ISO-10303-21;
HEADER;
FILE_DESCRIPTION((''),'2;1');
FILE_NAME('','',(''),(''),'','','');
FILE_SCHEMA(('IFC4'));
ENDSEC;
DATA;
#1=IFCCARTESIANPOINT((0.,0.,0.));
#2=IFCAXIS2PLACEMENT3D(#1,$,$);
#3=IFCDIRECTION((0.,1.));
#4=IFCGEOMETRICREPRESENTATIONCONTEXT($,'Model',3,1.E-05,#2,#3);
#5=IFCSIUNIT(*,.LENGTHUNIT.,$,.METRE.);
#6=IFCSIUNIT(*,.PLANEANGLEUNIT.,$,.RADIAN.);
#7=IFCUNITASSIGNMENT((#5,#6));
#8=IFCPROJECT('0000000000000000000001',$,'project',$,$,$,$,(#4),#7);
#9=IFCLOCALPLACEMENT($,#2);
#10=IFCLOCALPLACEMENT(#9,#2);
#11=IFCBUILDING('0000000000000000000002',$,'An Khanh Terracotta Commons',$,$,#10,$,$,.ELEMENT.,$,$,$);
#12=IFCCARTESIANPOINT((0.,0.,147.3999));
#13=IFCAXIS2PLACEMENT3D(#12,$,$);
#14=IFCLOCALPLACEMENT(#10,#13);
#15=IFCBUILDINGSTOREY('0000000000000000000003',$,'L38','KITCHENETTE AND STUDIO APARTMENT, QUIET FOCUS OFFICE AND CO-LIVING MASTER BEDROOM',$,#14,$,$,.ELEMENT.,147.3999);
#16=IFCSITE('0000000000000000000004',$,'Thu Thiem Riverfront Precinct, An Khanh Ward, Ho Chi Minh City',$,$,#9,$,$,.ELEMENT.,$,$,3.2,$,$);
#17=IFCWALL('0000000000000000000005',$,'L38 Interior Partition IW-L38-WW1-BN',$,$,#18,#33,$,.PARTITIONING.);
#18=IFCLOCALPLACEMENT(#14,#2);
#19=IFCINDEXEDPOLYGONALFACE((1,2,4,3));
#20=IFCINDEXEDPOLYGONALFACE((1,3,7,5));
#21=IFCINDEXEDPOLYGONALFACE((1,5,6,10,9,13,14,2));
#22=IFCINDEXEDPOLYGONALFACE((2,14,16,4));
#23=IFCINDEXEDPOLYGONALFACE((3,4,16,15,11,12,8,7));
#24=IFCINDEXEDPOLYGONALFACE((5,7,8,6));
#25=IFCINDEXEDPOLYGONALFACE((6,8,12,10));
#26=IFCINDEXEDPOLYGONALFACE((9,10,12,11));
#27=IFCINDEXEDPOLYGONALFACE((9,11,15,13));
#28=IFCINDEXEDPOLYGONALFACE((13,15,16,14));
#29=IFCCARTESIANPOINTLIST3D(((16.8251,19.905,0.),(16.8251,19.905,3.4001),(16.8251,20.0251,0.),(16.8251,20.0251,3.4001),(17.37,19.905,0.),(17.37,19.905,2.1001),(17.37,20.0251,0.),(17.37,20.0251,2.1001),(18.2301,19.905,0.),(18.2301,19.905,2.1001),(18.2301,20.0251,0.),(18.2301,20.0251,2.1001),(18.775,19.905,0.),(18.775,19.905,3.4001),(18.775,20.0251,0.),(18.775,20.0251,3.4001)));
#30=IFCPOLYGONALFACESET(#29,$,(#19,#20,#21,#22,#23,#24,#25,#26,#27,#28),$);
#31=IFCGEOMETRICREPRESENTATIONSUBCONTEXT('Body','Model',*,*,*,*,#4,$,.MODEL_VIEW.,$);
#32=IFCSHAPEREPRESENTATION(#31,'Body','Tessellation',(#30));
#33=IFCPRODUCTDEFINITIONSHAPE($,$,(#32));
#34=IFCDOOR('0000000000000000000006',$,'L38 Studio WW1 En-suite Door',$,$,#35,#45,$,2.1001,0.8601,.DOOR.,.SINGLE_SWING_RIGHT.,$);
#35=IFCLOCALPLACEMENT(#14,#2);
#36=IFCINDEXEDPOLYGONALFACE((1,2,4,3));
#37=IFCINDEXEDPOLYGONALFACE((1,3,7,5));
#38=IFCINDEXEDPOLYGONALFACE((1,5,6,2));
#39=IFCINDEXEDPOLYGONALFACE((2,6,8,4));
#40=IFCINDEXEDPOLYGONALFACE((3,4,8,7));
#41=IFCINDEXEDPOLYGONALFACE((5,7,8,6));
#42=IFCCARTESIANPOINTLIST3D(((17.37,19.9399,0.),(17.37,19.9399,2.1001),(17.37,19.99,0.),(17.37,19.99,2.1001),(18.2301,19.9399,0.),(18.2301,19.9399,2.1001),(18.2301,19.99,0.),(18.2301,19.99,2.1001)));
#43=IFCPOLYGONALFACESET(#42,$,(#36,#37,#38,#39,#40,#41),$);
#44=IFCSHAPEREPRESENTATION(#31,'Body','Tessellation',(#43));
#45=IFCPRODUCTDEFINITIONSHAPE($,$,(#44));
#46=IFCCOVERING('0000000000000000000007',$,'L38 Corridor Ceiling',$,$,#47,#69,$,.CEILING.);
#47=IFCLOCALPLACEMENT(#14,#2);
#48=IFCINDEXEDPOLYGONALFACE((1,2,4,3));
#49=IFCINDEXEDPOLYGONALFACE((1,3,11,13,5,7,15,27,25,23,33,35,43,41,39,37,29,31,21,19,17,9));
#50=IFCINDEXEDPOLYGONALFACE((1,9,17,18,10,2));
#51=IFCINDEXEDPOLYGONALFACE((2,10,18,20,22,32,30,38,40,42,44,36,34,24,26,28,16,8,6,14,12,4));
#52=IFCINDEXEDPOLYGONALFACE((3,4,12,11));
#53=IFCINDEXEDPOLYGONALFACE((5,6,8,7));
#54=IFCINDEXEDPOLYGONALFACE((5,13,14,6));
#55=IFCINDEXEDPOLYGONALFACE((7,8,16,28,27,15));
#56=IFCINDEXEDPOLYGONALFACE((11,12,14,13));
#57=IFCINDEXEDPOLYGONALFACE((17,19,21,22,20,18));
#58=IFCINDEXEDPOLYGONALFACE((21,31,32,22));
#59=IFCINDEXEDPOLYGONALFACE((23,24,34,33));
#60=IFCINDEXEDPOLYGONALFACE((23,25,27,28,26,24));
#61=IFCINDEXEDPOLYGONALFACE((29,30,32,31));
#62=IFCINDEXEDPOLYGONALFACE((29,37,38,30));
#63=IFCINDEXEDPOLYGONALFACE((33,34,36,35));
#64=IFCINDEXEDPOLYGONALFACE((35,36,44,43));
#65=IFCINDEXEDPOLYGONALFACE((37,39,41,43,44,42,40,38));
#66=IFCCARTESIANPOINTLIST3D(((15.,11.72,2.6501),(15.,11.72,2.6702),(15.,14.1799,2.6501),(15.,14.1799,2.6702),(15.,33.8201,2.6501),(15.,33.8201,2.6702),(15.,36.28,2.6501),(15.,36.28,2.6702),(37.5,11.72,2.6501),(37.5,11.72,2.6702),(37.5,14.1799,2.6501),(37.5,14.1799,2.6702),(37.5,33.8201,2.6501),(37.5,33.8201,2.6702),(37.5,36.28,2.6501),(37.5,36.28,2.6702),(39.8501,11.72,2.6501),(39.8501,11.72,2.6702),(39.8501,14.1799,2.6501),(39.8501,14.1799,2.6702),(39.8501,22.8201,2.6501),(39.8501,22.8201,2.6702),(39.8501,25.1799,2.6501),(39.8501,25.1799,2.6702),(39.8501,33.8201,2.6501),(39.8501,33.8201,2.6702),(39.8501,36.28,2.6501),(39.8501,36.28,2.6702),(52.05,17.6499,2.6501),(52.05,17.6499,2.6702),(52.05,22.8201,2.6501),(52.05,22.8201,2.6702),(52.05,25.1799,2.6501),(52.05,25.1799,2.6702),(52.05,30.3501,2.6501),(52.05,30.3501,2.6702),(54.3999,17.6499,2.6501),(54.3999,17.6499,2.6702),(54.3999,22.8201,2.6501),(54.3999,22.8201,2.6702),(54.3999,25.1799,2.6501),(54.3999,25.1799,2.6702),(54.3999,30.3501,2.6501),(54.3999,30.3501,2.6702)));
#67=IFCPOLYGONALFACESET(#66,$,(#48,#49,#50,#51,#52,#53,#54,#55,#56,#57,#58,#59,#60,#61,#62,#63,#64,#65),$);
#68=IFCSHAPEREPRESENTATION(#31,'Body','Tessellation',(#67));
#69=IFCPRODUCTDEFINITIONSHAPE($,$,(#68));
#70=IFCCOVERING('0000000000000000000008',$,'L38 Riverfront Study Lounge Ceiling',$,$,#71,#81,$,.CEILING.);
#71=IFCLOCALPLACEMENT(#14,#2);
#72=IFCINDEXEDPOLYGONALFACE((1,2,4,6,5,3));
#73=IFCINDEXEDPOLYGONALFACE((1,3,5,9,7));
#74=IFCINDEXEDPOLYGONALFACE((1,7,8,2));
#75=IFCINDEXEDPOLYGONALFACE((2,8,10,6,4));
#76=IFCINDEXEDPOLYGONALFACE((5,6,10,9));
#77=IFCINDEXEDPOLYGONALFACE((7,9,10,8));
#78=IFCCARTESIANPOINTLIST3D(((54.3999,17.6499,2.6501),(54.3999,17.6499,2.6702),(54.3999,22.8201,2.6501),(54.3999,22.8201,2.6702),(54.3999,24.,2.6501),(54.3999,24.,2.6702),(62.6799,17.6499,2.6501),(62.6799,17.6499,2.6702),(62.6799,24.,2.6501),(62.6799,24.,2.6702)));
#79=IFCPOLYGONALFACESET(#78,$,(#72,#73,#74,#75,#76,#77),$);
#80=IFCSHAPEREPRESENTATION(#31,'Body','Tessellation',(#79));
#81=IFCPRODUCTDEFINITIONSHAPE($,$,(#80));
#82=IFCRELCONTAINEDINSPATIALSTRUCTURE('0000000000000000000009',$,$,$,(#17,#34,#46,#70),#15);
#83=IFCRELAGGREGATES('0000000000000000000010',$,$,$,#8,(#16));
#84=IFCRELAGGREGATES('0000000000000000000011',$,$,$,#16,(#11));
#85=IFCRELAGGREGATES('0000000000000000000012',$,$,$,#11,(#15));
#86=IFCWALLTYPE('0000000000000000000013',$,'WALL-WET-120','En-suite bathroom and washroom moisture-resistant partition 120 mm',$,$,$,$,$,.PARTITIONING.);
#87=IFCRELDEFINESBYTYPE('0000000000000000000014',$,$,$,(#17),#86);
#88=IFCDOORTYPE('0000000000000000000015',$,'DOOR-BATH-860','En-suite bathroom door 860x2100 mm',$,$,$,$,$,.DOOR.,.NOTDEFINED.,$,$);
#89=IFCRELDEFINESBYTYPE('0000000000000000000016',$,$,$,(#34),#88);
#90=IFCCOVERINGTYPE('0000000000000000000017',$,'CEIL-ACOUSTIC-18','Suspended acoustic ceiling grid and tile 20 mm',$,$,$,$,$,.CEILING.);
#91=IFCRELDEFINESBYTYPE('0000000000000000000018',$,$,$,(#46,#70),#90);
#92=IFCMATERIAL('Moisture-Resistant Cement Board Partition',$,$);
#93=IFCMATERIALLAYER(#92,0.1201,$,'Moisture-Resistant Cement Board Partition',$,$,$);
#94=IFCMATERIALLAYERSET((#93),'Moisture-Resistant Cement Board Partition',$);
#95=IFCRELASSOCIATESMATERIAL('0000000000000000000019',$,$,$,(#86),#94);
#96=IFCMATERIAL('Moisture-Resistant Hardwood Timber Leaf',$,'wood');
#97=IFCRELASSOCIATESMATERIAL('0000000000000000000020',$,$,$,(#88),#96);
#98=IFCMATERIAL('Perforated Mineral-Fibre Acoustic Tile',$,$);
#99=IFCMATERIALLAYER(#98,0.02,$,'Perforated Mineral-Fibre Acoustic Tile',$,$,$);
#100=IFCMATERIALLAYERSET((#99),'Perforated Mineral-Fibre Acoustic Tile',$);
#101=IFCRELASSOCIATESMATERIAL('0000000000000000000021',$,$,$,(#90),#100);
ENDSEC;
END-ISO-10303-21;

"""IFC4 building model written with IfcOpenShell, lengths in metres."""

from ifc_helpers import new_model, si_unit, direction, frame, frame_2d, origin, place, context, subcontext, project, spatial, polyline, rectangle, outline, extrude, material, layer, layer_set, type_object, element, fill, save


model = new_model("IFC4")

# Units and contexts
model_context = context("Model", 3, precision=1e-05, world=origin(), true_north=direction((0.0, 1.0)))
body_context = subcontext(model_context, "Body", "Model", "MODEL_VIEW")
ifc_project = project(units=[si_unit("LENGTHUNIT", "METRE"), si_unit("PLANEANGLEUNIT", "RADIAN")], contexts=[model_context])

# Site, building, storey
site_placement = place(None, origin())
site = spatial("IfcSite", under=ifc_project, at=site_placement, Name="Thu Thiem Riverfront Precinct, An Khanh Ward, Ho Chi Minh City", CompositionType="ELEMENT", RefElevation=3.2)
building_placement = place(site_placement, origin())
building = spatial("IfcBuilding", under=site, at=building_placement, Name="An Khanh Terracotta Commons", CompositionType="ELEMENT")
storey_placement = place(building_placement, frame((0.0, 0.0, 147.3999)))
storey = spatial("IfcBuildingStorey", under=building, at=storey_placement, Name="L38", Description="KITCHENETTE AND STUDIO APARTMENT, QUIET FOCUS OFFICE AND CO-LIVING MASTER BEDROOM", CompositionType="ELEMENT", Elevation=147.3999)

# Wall, opening, door
ifc_material_1 = material(Name="Moisture-Resistant Cement Board Partition")
ifc_layer_1 = layer(ifc_material_1, 0.1201, Name="Moisture-Resistant Cement Board Partition")
ifc_layer_set_1 = layer_set([ifc_layer_1], Name="Moisture-Resistant Cement Board Partition")
wall_type_1 = type_object("IfcWallType", Name="WALL-WET-120", Description="En-suite bathroom and washroom moisture-resistant partition 120 mm", PredefinedType="PARTITIONING", material=ifc_layer_set_1)
wall_1_placement = place(storey_placement, frame((16.825, 19.9651, 0.0), z_axis=(0.0, 0.0, 1.0), x_axis=(1.0, 0.0, 0.0)))
wall_1 = element("IfcWall", 1, at=wall_1_placement, inside=storey, type_object=wall_type_1, Name="L38 Interior Partition IW-L38-WW1-BN", PredefinedType="PARTITIONING", context=body_context, shape_type="SweptSolid", body=[
    extrude(rectangle(XDim=1.95, YDim=0.1201, at=frame_2d((0.9751, 0.0))), origin(), (0.0, 0.0, 1.0), 3.4001),
])
opening_1_placement = place(wall_1_placement, frame((0.5449, 0.0, 0.0)))
opening_1 = element("IfcOpeningElement", 2, at=opening_1_placement, cuts=wall_1, PredefinedType="OPENING", context=body_context, shape_type="SweptSolid", body=[
    extrude(rectangle(XDim=0.8601, YDim=2.1001, at=frame_2d((0.4302, 1.05))), frame((0.0, 0.0701, 0.0), z_axis=(0.0, -1.0, 0.0), x_axis=(1.0, 0.0, 0.0)), (0.0, 0.0, 1.0), 0.1401),
])
ifc_material_2 = material(Name="Moisture-Resistant Hardwood Timber Leaf", Category="wood")
door_type_1 = type_object("IfcDoorType", Name="DOOR-BATH-860", Description="En-suite bathroom door 860x2100 mm", OperationType="NOTDEFINED", PredefinedType="DOOR", material=ifc_material_2)
door_1_placement = place(opening_1_placement, origin())
door_1 = element("IfcDoor", 3, at=door_1_placement, inside=storey, type_object=door_type_1, Name="L38 Studio WW1 En-suite Door", OperationType="SINGLE_SWING_RIGHT", OverallHeight=2.1001, OverallWidth=0.8601, PredefinedType="DOOR", context=body_context, shape_type="SweptSolid", body=[
    extrude(rectangle(XDim=0.8601, YDim=2.1001, at=frame_2d((0.4302, 1.05))), frame((0.0, 0.0249, 0.0), z_axis=(0.0, -1.0, 0.0), x_axis=(1.0, 0.0, 0.0)), (0.0, 0.0, 1.0), 0.05),
])
fill(opening_1, door_1)

# Coverings
ifc_material_3 = material(Name="Perforated Mineral-Fibre Acoustic Tile")
ifc_layer_2 = layer(ifc_material_3, 0.02, Name="Perforated Mineral-Fibre Acoustic Tile")
ifc_layer_set_2 = layer_set([ifc_layer_2], Name="Perforated Mineral-Fibre Acoustic Tile")
covering_type = type_object("IfcCoveringType", Name="CEIL-ACOUSTIC-18", Description="Suspended acoustic ceiling grid and tile 20 mm", PredefinedType="CEILING", material=ifc_layer_set_2)
covering_1_placement = place(storey_placement, frame((0.0, 0.0, 2.6501)))
element("IfcCovering", 4, at=covering_1_placement, inside=storey, type_object=covering_type, Name="L38 Corridor Ceiling", PredefinedType="CEILING", context=body_context, shape_type="SweptSolid", body=[
    extrude(outline(polyline([(15.0, 11.72), (15.0, 14.1799), (37.5, 14.1799), (37.5, 33.8201), (15.0, 33.8201), (15.0, 36.28), (37.5, 36.28), (39.8501, 36.28), (39.8501, 33.8201), (39.8501, 25.1799), (52.05, 25.1799), (52.05, 30.3501), (54.3999, 30.3501), (54.3999, 25.1799), (54.3999, 22.8201), (54.3999, 17.6499), (52.05, 17.6499), (52.05, 22.8201), (39.8501, 22.8201), (39.8501, 14.1799), (39.8501, 11.72), (37.5, 11.72), (15.0, 11.72)])), origin(), (0.0, 0.0, 1.0), 0.02),
])
covering_2_placement = place(storey_placement, frame((0.0, 0.0, 2.6501)))
element("IfcCovering", 5, at=covering_2_placement, inside=storey, type_object=covering_type, Name="L38 Riverfront Study Lounge Ceiling", PredefinedType="CEILING", context=body_context, shape_type="SweptSolid", body=[
    extrude(outline(polyline([(62.6799, 17.6499), (54.3999, 17.6499), (54.3999, 22.8201), (54.3999, 24.0), (62.6799, 24.0), (62.6799, 17.6499)])), origin(), (0.0, 0.0, 1.0), 0.02),
])

save(model, "model.ifc")
